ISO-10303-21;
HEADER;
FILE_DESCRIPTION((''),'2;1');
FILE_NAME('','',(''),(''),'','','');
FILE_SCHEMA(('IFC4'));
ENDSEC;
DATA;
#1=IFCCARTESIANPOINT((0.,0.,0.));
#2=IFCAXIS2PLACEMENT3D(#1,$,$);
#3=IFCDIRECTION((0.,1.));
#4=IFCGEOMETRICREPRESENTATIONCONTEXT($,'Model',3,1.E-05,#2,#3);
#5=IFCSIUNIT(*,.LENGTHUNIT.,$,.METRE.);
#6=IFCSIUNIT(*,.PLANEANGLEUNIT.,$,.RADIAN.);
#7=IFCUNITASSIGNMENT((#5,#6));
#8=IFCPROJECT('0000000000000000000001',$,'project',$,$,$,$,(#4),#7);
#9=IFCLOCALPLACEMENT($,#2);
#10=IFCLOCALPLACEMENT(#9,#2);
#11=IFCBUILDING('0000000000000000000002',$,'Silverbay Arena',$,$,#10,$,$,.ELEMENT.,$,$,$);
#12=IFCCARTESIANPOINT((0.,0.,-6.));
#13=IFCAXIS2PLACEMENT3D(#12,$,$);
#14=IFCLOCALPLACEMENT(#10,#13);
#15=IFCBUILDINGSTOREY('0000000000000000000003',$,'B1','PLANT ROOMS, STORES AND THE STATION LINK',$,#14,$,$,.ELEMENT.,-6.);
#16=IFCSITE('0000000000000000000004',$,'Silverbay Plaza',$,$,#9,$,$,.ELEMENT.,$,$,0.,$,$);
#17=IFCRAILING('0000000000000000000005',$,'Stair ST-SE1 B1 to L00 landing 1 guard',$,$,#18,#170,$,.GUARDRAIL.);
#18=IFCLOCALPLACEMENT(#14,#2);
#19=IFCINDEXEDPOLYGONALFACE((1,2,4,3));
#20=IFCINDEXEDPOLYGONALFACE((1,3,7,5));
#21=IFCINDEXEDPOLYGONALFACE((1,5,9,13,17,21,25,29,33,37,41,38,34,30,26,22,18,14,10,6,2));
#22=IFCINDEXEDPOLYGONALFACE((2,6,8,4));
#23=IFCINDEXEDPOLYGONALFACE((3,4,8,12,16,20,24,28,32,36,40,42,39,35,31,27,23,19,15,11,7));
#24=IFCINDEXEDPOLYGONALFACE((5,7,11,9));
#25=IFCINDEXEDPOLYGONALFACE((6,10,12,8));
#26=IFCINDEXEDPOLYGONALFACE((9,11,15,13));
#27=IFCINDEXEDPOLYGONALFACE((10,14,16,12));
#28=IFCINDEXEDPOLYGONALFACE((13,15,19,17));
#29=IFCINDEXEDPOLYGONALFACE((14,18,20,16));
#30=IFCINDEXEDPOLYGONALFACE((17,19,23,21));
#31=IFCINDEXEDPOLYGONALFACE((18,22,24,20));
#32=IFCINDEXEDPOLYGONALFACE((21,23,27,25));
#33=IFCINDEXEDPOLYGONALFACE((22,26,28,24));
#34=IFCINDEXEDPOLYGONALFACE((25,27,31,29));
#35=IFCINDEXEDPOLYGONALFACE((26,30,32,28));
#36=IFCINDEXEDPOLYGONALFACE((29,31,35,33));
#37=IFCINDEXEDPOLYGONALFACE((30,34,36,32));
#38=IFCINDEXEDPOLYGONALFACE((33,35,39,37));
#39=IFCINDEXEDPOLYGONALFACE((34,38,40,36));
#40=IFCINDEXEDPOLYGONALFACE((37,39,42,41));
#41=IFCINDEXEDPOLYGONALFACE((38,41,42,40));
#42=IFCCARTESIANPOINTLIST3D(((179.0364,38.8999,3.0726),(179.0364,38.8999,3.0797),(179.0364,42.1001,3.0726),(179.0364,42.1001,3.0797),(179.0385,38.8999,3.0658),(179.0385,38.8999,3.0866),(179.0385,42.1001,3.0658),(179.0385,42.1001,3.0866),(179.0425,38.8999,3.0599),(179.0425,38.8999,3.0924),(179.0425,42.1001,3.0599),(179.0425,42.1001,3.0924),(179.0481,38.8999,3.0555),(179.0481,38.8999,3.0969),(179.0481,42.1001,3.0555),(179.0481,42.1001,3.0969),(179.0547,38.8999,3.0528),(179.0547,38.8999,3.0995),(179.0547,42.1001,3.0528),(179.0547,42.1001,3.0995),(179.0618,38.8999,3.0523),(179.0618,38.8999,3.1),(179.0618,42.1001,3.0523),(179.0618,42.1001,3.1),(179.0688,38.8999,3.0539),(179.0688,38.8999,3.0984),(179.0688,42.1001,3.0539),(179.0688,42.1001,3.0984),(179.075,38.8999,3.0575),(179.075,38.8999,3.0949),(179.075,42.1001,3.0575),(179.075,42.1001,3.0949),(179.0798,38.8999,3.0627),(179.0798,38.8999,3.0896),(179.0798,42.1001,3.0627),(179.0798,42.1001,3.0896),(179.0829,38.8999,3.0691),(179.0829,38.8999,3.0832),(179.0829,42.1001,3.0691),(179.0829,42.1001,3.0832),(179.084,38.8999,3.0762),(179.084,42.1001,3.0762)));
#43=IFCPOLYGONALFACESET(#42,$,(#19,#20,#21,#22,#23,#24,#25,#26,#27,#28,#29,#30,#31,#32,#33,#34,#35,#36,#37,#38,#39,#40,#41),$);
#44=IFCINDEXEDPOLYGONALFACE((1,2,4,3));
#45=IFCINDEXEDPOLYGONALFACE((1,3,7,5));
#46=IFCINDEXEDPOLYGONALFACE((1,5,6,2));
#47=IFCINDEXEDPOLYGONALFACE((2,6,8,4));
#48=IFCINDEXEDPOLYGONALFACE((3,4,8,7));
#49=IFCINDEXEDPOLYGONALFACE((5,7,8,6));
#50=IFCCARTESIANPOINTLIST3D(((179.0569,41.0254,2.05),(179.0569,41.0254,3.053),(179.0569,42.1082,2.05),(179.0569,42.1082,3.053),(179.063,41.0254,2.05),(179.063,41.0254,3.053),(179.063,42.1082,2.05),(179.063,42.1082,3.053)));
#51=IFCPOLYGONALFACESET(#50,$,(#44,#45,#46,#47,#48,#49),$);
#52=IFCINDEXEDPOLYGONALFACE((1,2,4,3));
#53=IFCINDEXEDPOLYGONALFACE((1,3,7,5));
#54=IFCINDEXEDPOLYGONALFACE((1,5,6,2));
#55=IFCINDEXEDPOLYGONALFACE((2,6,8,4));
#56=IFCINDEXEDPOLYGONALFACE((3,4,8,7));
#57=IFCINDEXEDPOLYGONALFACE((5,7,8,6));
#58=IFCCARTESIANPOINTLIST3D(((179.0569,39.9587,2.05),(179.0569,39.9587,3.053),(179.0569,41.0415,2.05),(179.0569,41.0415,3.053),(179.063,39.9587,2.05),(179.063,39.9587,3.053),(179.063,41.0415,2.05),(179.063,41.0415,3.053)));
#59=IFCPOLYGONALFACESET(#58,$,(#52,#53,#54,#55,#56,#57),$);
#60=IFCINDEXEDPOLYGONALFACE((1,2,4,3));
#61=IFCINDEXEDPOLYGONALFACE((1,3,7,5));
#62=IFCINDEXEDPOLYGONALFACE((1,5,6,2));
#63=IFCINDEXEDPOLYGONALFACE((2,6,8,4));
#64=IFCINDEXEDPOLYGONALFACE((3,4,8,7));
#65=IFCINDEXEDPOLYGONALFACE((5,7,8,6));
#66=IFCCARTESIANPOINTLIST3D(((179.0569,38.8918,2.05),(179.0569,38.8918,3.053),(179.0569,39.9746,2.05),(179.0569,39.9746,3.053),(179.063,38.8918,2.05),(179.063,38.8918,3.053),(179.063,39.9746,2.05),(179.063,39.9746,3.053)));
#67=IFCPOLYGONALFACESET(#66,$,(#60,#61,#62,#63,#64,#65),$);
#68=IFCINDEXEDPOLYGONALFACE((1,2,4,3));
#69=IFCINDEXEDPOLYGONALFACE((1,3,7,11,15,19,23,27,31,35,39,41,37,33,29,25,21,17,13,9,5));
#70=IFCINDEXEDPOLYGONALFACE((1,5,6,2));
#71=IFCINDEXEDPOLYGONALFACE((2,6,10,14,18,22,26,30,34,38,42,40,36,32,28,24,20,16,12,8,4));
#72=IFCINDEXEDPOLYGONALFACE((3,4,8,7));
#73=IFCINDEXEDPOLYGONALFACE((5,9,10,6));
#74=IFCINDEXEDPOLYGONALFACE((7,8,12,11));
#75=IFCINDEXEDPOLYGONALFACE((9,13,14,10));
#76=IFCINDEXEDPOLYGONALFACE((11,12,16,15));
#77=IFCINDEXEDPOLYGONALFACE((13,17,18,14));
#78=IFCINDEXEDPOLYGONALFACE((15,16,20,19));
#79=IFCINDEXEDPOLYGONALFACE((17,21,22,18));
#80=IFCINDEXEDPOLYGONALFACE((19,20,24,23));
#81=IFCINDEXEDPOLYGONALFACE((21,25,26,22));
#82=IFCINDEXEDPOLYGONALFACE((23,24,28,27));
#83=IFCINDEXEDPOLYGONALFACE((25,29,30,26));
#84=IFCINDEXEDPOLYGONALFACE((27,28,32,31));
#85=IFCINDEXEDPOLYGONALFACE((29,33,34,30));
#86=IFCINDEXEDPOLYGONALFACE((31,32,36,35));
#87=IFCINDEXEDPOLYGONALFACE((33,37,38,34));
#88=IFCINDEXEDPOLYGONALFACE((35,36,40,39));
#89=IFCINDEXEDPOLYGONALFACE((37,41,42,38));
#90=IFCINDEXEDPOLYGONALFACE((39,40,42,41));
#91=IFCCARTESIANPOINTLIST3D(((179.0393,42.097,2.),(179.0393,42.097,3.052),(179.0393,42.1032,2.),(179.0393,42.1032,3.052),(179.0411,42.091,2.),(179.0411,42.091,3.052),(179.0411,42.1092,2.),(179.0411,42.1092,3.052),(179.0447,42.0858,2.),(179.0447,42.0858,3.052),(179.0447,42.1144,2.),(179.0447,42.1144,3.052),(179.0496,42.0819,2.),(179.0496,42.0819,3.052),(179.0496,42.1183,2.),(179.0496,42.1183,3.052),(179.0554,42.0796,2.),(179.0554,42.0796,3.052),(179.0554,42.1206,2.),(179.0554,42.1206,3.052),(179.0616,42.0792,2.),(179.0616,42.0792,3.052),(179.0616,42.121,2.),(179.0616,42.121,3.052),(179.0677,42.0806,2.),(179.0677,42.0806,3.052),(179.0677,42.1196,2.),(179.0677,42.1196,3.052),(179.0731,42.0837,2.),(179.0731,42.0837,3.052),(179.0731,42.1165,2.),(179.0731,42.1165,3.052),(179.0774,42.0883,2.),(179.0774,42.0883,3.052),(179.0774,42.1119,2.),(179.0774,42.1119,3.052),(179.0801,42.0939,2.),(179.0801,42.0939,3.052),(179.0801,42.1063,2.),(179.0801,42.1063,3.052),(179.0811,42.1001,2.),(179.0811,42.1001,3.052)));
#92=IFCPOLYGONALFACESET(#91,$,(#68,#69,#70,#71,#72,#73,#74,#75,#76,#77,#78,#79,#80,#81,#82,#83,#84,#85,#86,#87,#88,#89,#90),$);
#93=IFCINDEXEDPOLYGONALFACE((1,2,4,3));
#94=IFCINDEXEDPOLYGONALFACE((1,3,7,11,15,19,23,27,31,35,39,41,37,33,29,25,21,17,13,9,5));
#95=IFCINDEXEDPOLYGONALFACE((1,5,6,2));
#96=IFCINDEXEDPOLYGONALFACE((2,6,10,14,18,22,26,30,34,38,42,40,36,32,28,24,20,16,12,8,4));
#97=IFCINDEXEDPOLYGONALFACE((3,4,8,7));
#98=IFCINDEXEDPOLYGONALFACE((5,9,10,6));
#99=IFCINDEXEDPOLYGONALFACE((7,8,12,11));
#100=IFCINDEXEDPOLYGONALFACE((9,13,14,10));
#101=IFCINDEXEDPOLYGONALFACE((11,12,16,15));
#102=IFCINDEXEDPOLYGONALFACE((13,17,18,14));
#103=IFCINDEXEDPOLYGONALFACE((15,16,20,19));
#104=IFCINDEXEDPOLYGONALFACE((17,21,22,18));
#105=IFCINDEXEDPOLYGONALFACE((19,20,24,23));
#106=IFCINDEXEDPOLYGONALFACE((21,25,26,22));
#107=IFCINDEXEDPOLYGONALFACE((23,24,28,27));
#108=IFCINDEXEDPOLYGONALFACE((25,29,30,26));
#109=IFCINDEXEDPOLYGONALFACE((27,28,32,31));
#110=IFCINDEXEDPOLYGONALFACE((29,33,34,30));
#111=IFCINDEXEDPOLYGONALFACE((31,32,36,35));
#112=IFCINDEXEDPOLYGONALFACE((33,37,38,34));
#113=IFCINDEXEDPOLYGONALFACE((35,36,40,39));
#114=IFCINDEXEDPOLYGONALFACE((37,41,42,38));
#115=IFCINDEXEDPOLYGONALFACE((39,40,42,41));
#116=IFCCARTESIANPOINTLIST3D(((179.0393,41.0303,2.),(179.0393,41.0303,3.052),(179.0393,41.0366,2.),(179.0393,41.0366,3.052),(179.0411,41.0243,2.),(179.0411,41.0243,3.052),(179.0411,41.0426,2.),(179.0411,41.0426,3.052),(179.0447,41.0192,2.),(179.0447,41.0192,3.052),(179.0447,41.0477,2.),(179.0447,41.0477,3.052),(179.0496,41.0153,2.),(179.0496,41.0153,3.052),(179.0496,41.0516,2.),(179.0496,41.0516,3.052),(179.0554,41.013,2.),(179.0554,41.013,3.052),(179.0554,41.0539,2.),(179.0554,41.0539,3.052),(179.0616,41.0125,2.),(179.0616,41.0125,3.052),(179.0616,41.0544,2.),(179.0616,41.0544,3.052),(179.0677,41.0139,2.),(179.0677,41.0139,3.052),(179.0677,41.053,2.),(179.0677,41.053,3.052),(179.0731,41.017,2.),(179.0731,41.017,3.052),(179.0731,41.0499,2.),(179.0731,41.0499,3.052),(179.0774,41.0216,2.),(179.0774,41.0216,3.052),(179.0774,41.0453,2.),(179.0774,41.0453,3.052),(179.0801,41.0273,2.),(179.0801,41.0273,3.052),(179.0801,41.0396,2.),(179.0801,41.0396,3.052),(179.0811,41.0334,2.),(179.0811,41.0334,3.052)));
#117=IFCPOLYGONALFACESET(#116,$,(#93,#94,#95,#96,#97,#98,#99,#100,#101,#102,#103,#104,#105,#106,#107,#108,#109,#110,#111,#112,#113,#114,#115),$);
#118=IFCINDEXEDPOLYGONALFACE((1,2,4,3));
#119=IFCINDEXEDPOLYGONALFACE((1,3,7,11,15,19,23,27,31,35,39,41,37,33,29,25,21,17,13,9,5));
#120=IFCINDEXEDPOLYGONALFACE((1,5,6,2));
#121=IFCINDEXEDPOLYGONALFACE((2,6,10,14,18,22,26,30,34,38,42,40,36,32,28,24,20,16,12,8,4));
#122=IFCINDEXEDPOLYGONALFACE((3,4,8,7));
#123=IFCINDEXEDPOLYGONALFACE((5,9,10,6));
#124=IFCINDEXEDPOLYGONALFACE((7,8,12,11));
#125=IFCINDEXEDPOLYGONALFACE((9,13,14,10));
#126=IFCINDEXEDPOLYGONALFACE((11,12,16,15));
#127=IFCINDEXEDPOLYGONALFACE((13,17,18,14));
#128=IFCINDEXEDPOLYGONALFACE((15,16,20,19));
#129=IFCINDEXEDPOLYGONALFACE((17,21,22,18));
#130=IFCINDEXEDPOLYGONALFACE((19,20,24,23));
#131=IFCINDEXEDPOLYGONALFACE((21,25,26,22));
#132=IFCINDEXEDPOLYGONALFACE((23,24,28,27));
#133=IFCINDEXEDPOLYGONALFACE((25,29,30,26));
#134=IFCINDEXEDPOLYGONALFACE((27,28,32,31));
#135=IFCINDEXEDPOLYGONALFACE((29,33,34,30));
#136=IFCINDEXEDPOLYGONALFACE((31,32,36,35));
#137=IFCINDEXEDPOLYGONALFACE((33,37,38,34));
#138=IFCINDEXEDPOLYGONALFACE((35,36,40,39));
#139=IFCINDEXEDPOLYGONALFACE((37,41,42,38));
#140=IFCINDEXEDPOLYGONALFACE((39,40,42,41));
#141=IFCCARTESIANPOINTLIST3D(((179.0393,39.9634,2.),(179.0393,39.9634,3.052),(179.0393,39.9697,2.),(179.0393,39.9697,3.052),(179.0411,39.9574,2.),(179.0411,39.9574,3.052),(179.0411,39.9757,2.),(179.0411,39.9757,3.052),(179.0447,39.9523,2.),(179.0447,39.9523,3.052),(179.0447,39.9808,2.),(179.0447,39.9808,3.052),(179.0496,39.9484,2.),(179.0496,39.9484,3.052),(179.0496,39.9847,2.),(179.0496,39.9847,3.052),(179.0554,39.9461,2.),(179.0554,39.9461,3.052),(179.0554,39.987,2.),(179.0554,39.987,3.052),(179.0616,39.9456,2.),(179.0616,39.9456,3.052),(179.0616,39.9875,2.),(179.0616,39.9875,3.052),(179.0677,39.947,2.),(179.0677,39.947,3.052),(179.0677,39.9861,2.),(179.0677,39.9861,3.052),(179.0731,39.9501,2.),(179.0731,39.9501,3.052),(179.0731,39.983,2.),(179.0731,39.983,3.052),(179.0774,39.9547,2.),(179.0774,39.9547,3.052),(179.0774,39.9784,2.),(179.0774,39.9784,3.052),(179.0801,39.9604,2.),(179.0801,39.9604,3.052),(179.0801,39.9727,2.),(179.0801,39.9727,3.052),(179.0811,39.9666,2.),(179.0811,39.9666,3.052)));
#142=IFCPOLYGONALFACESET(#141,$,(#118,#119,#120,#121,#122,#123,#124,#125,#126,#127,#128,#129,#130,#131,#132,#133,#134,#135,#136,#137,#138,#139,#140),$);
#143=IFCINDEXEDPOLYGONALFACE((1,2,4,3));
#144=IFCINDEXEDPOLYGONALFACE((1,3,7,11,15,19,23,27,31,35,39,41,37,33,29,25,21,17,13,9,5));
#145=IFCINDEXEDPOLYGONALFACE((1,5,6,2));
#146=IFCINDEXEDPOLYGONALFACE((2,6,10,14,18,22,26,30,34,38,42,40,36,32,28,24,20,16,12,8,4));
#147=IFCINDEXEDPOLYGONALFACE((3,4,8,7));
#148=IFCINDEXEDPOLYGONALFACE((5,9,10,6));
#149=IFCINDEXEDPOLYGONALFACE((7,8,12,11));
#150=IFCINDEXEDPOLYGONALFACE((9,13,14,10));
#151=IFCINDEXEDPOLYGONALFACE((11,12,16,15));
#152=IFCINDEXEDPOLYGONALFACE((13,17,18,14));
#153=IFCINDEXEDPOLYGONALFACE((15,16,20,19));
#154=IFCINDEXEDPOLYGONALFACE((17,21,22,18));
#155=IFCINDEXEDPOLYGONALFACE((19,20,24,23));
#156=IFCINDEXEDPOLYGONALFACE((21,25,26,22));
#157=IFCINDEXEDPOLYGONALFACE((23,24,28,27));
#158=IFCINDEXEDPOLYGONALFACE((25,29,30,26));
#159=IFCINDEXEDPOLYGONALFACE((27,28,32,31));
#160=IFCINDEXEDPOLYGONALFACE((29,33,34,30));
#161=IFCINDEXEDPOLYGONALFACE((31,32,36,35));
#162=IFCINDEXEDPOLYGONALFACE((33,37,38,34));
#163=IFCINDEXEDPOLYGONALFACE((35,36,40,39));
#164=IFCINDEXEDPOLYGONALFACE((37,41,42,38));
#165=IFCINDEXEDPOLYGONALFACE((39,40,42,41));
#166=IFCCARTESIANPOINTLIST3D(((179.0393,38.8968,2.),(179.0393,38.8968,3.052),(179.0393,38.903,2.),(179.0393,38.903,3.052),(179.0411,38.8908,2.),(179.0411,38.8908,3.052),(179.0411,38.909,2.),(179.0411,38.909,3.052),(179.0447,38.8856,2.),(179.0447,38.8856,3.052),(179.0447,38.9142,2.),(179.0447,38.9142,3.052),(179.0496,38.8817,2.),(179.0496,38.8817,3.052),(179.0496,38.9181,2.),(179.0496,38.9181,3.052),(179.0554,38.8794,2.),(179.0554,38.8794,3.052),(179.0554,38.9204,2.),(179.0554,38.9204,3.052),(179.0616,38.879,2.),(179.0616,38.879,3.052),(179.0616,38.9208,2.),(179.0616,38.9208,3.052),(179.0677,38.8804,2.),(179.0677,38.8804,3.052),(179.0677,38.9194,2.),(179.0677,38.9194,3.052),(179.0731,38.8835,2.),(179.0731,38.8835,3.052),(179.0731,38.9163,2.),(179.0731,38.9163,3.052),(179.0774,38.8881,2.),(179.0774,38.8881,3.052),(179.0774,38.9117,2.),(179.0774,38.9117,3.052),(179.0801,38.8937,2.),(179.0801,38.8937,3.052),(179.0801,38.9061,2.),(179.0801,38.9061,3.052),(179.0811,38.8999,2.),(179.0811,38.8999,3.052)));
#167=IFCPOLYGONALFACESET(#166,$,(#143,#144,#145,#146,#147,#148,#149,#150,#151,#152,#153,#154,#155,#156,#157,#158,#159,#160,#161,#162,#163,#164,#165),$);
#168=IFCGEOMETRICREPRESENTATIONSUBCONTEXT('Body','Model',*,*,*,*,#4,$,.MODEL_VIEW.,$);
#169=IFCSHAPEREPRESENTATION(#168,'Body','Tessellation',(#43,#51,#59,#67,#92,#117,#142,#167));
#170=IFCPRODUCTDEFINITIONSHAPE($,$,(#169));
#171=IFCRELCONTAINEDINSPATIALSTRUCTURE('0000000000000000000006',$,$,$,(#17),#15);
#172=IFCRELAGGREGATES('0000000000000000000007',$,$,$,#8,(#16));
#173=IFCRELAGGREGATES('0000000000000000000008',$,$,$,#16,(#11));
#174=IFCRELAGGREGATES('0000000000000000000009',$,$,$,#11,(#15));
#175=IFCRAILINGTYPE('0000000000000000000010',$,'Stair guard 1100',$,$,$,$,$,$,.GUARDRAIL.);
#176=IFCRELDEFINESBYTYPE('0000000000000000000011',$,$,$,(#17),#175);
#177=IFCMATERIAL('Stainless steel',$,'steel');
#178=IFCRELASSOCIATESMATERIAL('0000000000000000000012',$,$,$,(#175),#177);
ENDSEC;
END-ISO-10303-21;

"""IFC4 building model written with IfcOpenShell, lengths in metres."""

from ifc_helpers import new_model, si_unit, direction, frame, origin, origin_2d, place, context, subcontext, project, spatial, polyline, circle, outline, extrude, material, type_object, element, save


model = new_model("IFC4")

# Units and contexts
model_context = context("Model", 3, precision=1e-05, world=origin(), true_north=direction((0.0, 1.0)))
body_context = subcontext(model_context, "Body", "Model", "MODEL_VIEW")
ifc_project = project(units=[si_unit("LENGTHUNIT", "METRE"), si_unit("PLANEANGLEUNIT", "RADIAN")], contexts=[model_context])

# Site, building, storey
site_placement = place(None, origin())
site = spatial("IfcSite", under=ifc_project, at=site_placement, Name="Silverbay Plaza", CompositionType="ELEMENT", RefElevation=0.0)
building_placement = place(site_placement, origin())
building = spatial("IfcBuilding", under=site, at=building_placement, Name="Silverbay Arena", CompositionType="ELEMENT")
storey_placement = place(building_placement, frame((0.0, 0.0, -6.0)))
storey = spatial("IfcBuildingStorey", under=building, at=storey_placement, Name="B1", Description="PLANT ROOMS, STORES AND THE STATION LINK", CompositionType="ELEMENT", Elevation=-6.0)

# Railing
ifc_material_1 = material(Name="Stainless steel", Category="steel")
railing_type_1 = type_object("IfcRailingType", Name="Stair guard 1100", PredefinedType="GUARDRAIL", material=ifc_material_1)
for number, where, name in (
    (1, (179.0601, 42.1001, 2.0), "Stair ST-SE1 B1 to L00 landing 1 guard"),
):
    element("IfcRailing", number, at=place(storey_placement, frame(where)), inside=storey, type_object=railing_type_1, Name=name, PredefinedType="GUARDRAIL", context=body_context, shape_type="SweptSolid", body=[
        extrude(circle(Radius=0.0239, at=origin_2d()), frame((0.0, 0.0, 1.0762), z_axis=(0.0, -1.0, 0.0), x_axis=(1.0, 0.0, 0.0)), (0.0, 0.0, 1.0), 3.2002),
        extrude(outline(polyline([(-0.0081, 0.05), (1.0747, 0.05), (1.0747, 1.053), (-0.0081, 1.053), (-0.0081, 0.05)])), frame((0.0029, 0.0, 0.0), z_axis=(-1.0, 0.0, 0.0), x_axis=(0.0, -1.0, 0.0)), (0.0, 0.0, 1.0), 0.0061),
        extrude(outline(polyline([(-0.0081, 0.05), (1.0747, 0.05), (1.0747, 1.053), (-0.0081, 1.053), (-0.0081, 0.05)])), frame((0.0029, -1.0667, 0.0), z_axis=(-1.0, 0.0, 0.0), x_axis=(0.0, -1.0, 0.0)), (0.0, 0.0, 1.0), 0.0061),
        extrude(outline(polyline([(-0.0081, 0.05), (1.0747, 0.05), (1.0747, 1.053), (-0.0081, 1.053), (-0.0081, 0.05)])), frame((0.0029, -2.1335, 0.0), z_axis=(-1.0, 0.0, 0.0), x_axis=(0.0, -1.0, 0.0)), (0.0, 0.0, 1.0), 0.0061),
        extrude(circle(Radius=0.021, at=origin_2d()), origin(), (0.0, 0.0, 1.0), 1.052),
        extrude(circle(Radius=0.021, at=origin_2d()), frame((0.0, -1.0667, 0.0)), (0.0, 0.0, 1.0), 1.052),
        extrude(circle(Radius=0.021, at=origin_2d()), frame((0.0, -2.1335, 0.0)), (0.0, 0.0, 1.0), 1.052),
        extrude(circle(Radius=0.021, at=origin_2d()), frame((0.0, -3.2002, 0.0)), (0.0, 0.0, 1.0), 1.052),
    ])

save(model, "model.ifc")
